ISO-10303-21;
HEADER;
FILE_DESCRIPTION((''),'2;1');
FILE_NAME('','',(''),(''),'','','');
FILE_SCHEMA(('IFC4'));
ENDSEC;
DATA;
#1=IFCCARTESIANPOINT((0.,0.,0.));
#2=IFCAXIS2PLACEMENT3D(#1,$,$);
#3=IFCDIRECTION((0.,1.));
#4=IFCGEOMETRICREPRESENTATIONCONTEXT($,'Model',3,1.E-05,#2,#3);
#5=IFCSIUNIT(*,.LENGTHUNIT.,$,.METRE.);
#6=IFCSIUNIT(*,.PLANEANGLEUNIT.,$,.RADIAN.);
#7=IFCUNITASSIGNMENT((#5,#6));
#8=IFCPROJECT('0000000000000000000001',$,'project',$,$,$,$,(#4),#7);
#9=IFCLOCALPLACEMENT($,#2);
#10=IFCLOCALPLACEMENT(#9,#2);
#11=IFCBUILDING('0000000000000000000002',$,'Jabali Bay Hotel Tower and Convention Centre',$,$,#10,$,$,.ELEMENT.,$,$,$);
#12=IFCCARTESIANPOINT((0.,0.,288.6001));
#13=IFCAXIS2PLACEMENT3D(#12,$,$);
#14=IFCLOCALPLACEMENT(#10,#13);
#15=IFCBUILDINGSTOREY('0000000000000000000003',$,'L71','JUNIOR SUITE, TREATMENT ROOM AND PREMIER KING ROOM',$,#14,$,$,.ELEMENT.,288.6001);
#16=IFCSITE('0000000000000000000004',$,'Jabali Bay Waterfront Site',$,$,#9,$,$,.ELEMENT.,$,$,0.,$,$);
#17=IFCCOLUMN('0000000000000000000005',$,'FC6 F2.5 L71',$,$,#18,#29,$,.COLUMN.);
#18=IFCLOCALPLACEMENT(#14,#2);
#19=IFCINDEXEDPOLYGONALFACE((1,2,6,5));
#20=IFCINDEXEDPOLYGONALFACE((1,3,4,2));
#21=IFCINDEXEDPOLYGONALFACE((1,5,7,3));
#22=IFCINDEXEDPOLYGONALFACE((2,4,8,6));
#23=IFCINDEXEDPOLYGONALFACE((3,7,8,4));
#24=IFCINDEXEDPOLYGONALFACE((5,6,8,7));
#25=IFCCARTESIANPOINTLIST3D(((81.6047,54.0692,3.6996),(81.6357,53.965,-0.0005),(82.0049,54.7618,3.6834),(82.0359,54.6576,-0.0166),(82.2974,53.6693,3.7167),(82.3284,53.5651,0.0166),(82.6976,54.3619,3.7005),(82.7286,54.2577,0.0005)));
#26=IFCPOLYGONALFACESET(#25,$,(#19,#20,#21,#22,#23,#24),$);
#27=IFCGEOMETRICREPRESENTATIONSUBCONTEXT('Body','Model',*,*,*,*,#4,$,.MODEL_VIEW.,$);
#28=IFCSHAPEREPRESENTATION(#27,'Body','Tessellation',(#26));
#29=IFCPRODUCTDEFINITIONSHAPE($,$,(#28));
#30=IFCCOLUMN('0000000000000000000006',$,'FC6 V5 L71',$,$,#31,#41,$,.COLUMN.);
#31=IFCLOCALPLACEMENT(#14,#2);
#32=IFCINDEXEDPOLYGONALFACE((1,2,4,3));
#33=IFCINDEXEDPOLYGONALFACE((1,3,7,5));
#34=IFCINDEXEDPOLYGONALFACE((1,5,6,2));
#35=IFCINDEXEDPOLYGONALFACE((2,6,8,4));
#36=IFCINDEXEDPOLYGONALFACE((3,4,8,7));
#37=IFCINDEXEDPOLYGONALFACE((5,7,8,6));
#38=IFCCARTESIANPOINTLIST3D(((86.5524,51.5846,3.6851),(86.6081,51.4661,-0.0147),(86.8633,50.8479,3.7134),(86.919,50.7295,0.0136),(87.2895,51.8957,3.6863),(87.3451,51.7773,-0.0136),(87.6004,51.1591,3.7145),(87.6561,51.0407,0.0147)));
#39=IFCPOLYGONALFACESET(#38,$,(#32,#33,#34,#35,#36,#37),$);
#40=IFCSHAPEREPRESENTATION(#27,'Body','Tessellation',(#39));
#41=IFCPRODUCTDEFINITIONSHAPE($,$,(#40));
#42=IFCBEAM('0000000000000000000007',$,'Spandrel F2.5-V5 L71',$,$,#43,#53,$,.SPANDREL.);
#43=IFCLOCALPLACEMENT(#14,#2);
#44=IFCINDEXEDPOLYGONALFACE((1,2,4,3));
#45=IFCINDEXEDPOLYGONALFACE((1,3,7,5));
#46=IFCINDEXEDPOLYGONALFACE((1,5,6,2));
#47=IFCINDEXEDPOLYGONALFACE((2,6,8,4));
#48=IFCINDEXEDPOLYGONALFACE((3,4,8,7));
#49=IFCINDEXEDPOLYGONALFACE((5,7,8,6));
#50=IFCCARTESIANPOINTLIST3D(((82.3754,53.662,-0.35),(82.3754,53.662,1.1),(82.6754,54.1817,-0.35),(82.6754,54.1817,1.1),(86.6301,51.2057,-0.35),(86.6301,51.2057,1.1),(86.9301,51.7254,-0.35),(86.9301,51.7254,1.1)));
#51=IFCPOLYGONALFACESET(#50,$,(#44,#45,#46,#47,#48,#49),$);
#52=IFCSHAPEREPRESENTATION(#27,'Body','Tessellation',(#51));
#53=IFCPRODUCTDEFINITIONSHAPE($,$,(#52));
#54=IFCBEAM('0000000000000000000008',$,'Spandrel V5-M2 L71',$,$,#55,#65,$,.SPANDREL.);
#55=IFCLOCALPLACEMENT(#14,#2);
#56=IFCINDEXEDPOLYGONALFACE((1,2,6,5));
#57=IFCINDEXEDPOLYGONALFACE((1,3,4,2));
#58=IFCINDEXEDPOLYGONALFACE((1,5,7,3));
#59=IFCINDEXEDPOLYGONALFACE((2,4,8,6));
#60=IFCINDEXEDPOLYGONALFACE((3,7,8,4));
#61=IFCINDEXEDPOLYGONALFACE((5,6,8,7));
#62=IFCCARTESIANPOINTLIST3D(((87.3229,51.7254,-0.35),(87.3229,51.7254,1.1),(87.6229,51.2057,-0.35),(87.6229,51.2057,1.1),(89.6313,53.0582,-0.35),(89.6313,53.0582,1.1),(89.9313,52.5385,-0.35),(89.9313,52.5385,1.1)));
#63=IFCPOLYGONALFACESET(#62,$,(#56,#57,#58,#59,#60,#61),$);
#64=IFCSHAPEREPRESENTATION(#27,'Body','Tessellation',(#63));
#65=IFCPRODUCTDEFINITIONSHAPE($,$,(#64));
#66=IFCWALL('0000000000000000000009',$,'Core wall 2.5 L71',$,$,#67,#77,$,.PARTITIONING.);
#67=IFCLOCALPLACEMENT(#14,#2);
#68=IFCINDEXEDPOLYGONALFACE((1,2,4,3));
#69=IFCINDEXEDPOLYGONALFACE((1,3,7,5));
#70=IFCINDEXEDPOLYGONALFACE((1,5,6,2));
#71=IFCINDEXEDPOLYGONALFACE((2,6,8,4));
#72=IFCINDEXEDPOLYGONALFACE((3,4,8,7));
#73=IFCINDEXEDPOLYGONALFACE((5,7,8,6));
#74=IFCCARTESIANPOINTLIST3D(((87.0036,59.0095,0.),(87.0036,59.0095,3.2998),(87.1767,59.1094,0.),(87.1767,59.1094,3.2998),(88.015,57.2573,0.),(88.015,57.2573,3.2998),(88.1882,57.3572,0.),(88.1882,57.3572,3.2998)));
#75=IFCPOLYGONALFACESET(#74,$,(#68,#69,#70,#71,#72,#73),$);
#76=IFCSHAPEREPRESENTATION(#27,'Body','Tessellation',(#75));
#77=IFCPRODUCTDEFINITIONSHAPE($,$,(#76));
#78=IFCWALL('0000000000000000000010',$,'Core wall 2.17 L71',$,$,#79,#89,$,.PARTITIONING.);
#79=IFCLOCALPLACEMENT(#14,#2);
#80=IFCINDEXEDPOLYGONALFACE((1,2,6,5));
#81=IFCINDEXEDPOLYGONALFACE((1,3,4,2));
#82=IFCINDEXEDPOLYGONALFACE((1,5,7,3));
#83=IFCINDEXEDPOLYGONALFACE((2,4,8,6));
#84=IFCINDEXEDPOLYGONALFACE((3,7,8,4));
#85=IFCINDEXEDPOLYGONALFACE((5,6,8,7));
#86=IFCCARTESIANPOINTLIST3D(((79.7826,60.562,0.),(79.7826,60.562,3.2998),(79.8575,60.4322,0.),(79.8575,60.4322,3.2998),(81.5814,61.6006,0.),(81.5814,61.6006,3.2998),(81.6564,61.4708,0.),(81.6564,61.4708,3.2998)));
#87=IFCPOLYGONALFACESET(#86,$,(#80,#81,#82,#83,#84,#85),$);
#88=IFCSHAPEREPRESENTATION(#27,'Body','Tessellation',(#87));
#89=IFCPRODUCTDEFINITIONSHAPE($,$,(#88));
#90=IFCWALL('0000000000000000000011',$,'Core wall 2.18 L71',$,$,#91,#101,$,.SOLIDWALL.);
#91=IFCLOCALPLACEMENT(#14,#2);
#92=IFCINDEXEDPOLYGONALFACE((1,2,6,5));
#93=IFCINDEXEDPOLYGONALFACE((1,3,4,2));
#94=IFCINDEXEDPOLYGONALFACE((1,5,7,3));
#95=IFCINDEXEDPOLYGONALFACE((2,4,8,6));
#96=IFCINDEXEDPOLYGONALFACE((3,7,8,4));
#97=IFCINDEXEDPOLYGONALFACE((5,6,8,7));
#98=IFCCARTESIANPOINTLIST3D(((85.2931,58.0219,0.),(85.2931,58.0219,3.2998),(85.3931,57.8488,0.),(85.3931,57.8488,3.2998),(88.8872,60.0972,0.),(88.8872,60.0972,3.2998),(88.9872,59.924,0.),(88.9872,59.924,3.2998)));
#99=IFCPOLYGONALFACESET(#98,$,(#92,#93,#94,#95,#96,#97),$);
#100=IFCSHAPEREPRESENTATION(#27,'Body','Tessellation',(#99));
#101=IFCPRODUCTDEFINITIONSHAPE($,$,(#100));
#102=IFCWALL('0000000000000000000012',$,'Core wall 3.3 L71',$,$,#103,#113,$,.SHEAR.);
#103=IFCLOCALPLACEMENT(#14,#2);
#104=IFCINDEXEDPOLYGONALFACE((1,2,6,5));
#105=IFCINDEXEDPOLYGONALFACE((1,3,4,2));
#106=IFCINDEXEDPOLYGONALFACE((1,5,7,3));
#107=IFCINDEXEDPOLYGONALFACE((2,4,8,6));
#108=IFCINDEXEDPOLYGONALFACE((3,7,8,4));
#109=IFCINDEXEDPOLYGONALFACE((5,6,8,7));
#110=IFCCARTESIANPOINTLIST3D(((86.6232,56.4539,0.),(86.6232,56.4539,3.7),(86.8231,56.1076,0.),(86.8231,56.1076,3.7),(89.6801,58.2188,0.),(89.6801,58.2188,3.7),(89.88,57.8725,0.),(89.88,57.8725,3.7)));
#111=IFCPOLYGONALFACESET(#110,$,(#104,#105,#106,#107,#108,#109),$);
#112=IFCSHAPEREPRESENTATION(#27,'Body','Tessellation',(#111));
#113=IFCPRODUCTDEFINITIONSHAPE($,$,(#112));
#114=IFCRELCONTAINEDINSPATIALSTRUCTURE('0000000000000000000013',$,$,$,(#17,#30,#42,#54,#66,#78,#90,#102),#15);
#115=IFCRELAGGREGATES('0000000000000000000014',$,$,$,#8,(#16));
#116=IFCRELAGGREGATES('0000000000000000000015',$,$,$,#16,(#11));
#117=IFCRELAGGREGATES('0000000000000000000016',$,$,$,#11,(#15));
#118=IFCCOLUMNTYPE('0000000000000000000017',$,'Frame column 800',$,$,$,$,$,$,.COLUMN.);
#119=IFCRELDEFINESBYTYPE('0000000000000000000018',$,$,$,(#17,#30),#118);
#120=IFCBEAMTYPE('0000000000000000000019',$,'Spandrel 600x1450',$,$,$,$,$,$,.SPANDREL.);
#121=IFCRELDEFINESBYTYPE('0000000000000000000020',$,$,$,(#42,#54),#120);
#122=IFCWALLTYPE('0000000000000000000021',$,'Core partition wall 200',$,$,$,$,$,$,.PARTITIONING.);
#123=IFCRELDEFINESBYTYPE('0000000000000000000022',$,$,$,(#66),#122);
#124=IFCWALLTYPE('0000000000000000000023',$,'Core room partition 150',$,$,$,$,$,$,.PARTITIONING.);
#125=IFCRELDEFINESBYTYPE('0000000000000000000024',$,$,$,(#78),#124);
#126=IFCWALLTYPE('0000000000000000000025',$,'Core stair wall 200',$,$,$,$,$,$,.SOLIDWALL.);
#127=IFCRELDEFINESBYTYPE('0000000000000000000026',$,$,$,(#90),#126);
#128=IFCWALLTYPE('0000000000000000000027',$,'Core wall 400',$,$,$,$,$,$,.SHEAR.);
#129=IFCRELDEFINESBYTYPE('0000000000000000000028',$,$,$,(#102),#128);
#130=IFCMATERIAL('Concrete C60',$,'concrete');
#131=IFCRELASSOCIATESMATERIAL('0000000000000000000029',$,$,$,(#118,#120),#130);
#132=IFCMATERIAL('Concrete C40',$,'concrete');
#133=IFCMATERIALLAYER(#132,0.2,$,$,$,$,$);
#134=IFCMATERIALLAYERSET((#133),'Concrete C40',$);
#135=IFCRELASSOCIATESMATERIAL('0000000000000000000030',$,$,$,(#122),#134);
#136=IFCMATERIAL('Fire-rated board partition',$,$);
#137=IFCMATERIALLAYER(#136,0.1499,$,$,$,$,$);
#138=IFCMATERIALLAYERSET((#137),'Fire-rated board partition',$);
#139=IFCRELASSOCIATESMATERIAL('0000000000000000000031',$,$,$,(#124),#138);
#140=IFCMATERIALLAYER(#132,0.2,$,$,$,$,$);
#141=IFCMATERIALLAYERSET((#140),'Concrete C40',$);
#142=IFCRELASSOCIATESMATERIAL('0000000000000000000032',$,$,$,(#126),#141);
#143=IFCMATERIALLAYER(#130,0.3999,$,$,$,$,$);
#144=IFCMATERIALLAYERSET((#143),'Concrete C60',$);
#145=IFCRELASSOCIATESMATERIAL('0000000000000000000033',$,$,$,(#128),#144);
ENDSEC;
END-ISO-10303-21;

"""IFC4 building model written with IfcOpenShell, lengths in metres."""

from ifc_helpers import new_model, si_unit, direction, frame, frame_2d, origin, origin_2d, place, context, subcontext, project, spatial, rectangle, extrude, material, layer, layer_set, material_profile, profile_set, type_object, element, save


model = new_model("IFC4")

# Units and contexts
model_context = context("Model", 3, precision=1e-05, world=origin(), true_north=direction((0.0, 1.0)))
body_context = subcontext(model_context, "Body", "Model", "MODEL_VIEW")
ifc_project = project(units=[si_unit("LENGTHUNIT", "METRE"), si_unit("PLANEANGLEUNIT", "RADIAN")], contexts=[model_context])

# Site, building, storey
site_placement = place(None, origin())
site = spatial("IfcSite", under=ifc_project, at=site_placement, Name="Jabali Bay Waterfront Site", CompositionType="ELEMENT", RefElevation=0.0)
building_placement = place(site_placement, origin())
building = spatial("IfcBuilding", under=site, at=building_placement, Name="Jabali Bay Hotel Tower and Convention Centre", CompositionType="ELEMENT")
storey_placement = place(building_placement, frame((0.0, 0.0, 288.6001)))
storey = spatial("IfcBuildingStorey", under=building, at=storey_placement, Name="L71", Description="JUNIOR SUITE, TREATMENT ROOM AND PREMIER KING ROOM", CompositionType="ELEMENT", Elevation=288.6001)

# Columns
ifc_material_1 = material(Name="Concrete C60", Category="concrete")
ifc_material_profile_1 = material_profile(ifc_material_1, rectangle(XDim=0.8, YDim=0.8, at=origin_2d()), Name="Frame column 800")
ifc_profile_set_1 = profile_set([ifc_material_profile_1], Name="Concrete C60")
column_type = type_object("IfcColumnType", Name="Frame column 800", PredefinedType="COLUMN", material=ifc_profile_set_1)
column_1_placement = place(storey_placement, frame((82.1821, 54.1113, 0.0), z_axis=(-0.008376, 0.028163, 0.999568), x_axis=(-0.50023, -0.865657, 0.020198)))
element("IfcColumn", 1, at=column_1_placement, inside=storey, type_object=column_type, Name="FC6 F2.5 L71", PredefinedType="COLUMN", context=body_context, shape_type="SweptSolid", body=[
    extrude(rectangle(XDim=0.8, YDim=0.8, at=origin_2d()), origin(), (0.0, 0.0, 1.0), 3.7017),
])
column_2_placement = place(storey_placement, frame((87.1321, 51.2534, 0.0), z_axis=(-0.015035, 0.031983, 0.999375), x_axis=(0.388631, -0.920716, 0.035312)))
element("IfcColumn", 2, at=column_2_placement, inside=storey, type_object=column_type, Name="FC6 V5 L71", PredefinedType="COLUMN", context=body_context, shape_type="SweptSolid", body=[
    extrude(rectangle(XDim=0.8, YDim=0.8, at=origin_2d()), origin(), (0.0, 0.0, 1.0), 3.7021),
])

# Beams
ifc_material_profile_2 = material_profile(ifc_material_1, rectangle(XDim=0.6001, YDim=1.45, at=origin_2d()), Name="Spandrel 600x1450")
ifc_profile_set_2 = profile_set([ifc_material_profile_2], Name="Concrete C60")
beam_type = type_object("IfcBeamType", Name="Spandrel 600x1450", PredefinedType="SPANDREL", material=ifc_profile_set_2)
beam_1_placement = place(storey_placement, frame((82.5254, 53.9219, 0.375), z_axis=(0.866036, -0.499982, 0.0), x_axis=(0.499982, 0.866036, 0.0)))
element("IfcBeam", 3, at=beam_1_placement, inside=storey, type_object=beam_type, Name="Spandrel F2.5-V5 L71", PredefinedType="SPANDREL", context=body_context, shape_type="SweptSolid", body=[
    extrude(rectangle(XDim=0.6001, YDim=1.45, at=origin_2d()), origin(), (0.0, 0.0, 1.0), 4.9128),
])
beam_2_placement = place(storey_placement, frame((87.4729, 51.4656, 0.375), z_axis=(0.866019, 0.500011, 0.0), x_axis=(-0.500011, 0.866019, 0.0)))
element("IfcBeam", 4, at=beam_2_placement, inside=storey, type_object=beam_type, Name="Spandrel V5-M2 L71", PredefinedType="SPANDREL", context=body_context, shape_type="SweptSolid", body=[
    extrude(rectangle(XDim=0.6001, YDim=1.45, at=origin_2d()), origin(), (0.0, 0.0, 1.0), 2.6655),
])

# Walls
ifc_material_2 = material(Name="Concrete C40", Category="concrete")
ifc_layer_1 = layer(ifc_material_2, 0.2)
ifc_layer_set_1 = layer_set([ifc_layer_1], Name="Concrete C40")
wall_type_1 = type_object("IfcWallType", Name="Core partition wall 200", PredefinedType="PARTITIONING", material=ifc_layer_set_1)
wall_1_placement = place(storey_placement, frame((87.0901, 59.0596, 0.0), z_axis=(0.0, 0.0, 1.0), x_axis=(0.499942, -0.866059, 0.0)))
element("IfcWall", 5, at=wall_1_placement, inside=storey, type_object=wall_type_1, Name="Core wall 2.5 L71", PredefinedType="PARTITIONING", context=body_context, shape_type="SweptSolid", body=[
    extrude(rectangle(XDim=2.0232, YDim=0.2, at=frame_2d((1.0117, 0.0))), origin(), (0.0, 0.0, 1.0), 3.2998),
])
ifc_material_3 = material(Name="Fire-rated board partition")
ifc_layer_2 = layer(ifc_material_3, 0.1499)
ifc_layer_set_2 = layer_set([ifc_layer_2], Name="Fire-rated board partition")
wall_type_2 = type_object("IfcWallType", Name="Core room partition 150", PredefinedType="PARTITIONING", material=ifc_layer_set_2)
wall_2_placement = place(storey_placement, frame((79.8201, 60.4971, 0.0), z_axis=(0.0, 0.0, 1.0), x_axis=(0.866021, 0.500007, 0.0)))
element("IfcWall", 6, at=wall_2_placement, inside=storey, type_object=wall_type_2, Name="Core wall 2.17 L71", PredefinedType="PARTITIONING", context=body_context, shape_type="SweptSolid", body=[
    extrude(rectangle(XDim=2.0771, YDim=0.1499, at=frame_2d((1.0386, 0.0))), origin(), (0.0, 0.0, 1.0), 3.2998),
])
ifc_layer_3 = layer(ifc_material_2, 0.2)
ifc_layer_set_3 = layer_set([ifc_layer_3], Name="Concrete C40")
wall_type_3 = type_object("IfcWallType", Name="Core stair wall 200", PredefinedType="SOLIDWALL", material=ifc_layer_set_3)
wall_3_placement = place(storey_placement, frame((85.343, 57.9353, 0.0), z_axis=(0.0, 0.0, 1.0), x_axis=(0.866004, 0.500036, 0.0)))
element("IfcWall", 7, at=wall_3_placement, inside=storey, type_object=wall_type_3, Name="Core wall 2.18 L71", PredefinedType="SOLIDWALL", context=body_context, shape_type="SweptSolid", body=[
    extrude(rectangle(XDim=4.1501, YDim=0.2, at=frame_2d((2.0752, 0.0))), origin(), (0.0, 0.0, 1.0), 3.2998),
])
ifc_layer_4 = layer(ifc_material_1, 0.3999)
ifc_layer_set_4 = layer_set([ifc_layer_4], Name="Concrete C60")
wall_type_4 = type_object("IfcWallType", Name="Core wall 400", PredefinedType="SHEAR", material=ifc_layer_set_4)
wall_4_placement = place(storey_placement, frame((86.7231, 56.2808, 0.0), z_axis=(0.0, 0.0, 1.0), x_axis=(0.866025, 0.5, 0.0)))
element("IfcWall", 8, at=wall_4_placement, inside=storey, type_object=wall_type_4, Name="Core wall 3.3 L71", PredefinedType="SHEAR", context=body_context, shape_type="SweptSolid", body=[
    extrude(rectangle(XDim=3.5298, YDim=0.3999, at=frame_2d((1.7649, 0.0))), origin(), (0.0, 0.0, 1.0), 3.7),
])

save(model, "model.ifc")
